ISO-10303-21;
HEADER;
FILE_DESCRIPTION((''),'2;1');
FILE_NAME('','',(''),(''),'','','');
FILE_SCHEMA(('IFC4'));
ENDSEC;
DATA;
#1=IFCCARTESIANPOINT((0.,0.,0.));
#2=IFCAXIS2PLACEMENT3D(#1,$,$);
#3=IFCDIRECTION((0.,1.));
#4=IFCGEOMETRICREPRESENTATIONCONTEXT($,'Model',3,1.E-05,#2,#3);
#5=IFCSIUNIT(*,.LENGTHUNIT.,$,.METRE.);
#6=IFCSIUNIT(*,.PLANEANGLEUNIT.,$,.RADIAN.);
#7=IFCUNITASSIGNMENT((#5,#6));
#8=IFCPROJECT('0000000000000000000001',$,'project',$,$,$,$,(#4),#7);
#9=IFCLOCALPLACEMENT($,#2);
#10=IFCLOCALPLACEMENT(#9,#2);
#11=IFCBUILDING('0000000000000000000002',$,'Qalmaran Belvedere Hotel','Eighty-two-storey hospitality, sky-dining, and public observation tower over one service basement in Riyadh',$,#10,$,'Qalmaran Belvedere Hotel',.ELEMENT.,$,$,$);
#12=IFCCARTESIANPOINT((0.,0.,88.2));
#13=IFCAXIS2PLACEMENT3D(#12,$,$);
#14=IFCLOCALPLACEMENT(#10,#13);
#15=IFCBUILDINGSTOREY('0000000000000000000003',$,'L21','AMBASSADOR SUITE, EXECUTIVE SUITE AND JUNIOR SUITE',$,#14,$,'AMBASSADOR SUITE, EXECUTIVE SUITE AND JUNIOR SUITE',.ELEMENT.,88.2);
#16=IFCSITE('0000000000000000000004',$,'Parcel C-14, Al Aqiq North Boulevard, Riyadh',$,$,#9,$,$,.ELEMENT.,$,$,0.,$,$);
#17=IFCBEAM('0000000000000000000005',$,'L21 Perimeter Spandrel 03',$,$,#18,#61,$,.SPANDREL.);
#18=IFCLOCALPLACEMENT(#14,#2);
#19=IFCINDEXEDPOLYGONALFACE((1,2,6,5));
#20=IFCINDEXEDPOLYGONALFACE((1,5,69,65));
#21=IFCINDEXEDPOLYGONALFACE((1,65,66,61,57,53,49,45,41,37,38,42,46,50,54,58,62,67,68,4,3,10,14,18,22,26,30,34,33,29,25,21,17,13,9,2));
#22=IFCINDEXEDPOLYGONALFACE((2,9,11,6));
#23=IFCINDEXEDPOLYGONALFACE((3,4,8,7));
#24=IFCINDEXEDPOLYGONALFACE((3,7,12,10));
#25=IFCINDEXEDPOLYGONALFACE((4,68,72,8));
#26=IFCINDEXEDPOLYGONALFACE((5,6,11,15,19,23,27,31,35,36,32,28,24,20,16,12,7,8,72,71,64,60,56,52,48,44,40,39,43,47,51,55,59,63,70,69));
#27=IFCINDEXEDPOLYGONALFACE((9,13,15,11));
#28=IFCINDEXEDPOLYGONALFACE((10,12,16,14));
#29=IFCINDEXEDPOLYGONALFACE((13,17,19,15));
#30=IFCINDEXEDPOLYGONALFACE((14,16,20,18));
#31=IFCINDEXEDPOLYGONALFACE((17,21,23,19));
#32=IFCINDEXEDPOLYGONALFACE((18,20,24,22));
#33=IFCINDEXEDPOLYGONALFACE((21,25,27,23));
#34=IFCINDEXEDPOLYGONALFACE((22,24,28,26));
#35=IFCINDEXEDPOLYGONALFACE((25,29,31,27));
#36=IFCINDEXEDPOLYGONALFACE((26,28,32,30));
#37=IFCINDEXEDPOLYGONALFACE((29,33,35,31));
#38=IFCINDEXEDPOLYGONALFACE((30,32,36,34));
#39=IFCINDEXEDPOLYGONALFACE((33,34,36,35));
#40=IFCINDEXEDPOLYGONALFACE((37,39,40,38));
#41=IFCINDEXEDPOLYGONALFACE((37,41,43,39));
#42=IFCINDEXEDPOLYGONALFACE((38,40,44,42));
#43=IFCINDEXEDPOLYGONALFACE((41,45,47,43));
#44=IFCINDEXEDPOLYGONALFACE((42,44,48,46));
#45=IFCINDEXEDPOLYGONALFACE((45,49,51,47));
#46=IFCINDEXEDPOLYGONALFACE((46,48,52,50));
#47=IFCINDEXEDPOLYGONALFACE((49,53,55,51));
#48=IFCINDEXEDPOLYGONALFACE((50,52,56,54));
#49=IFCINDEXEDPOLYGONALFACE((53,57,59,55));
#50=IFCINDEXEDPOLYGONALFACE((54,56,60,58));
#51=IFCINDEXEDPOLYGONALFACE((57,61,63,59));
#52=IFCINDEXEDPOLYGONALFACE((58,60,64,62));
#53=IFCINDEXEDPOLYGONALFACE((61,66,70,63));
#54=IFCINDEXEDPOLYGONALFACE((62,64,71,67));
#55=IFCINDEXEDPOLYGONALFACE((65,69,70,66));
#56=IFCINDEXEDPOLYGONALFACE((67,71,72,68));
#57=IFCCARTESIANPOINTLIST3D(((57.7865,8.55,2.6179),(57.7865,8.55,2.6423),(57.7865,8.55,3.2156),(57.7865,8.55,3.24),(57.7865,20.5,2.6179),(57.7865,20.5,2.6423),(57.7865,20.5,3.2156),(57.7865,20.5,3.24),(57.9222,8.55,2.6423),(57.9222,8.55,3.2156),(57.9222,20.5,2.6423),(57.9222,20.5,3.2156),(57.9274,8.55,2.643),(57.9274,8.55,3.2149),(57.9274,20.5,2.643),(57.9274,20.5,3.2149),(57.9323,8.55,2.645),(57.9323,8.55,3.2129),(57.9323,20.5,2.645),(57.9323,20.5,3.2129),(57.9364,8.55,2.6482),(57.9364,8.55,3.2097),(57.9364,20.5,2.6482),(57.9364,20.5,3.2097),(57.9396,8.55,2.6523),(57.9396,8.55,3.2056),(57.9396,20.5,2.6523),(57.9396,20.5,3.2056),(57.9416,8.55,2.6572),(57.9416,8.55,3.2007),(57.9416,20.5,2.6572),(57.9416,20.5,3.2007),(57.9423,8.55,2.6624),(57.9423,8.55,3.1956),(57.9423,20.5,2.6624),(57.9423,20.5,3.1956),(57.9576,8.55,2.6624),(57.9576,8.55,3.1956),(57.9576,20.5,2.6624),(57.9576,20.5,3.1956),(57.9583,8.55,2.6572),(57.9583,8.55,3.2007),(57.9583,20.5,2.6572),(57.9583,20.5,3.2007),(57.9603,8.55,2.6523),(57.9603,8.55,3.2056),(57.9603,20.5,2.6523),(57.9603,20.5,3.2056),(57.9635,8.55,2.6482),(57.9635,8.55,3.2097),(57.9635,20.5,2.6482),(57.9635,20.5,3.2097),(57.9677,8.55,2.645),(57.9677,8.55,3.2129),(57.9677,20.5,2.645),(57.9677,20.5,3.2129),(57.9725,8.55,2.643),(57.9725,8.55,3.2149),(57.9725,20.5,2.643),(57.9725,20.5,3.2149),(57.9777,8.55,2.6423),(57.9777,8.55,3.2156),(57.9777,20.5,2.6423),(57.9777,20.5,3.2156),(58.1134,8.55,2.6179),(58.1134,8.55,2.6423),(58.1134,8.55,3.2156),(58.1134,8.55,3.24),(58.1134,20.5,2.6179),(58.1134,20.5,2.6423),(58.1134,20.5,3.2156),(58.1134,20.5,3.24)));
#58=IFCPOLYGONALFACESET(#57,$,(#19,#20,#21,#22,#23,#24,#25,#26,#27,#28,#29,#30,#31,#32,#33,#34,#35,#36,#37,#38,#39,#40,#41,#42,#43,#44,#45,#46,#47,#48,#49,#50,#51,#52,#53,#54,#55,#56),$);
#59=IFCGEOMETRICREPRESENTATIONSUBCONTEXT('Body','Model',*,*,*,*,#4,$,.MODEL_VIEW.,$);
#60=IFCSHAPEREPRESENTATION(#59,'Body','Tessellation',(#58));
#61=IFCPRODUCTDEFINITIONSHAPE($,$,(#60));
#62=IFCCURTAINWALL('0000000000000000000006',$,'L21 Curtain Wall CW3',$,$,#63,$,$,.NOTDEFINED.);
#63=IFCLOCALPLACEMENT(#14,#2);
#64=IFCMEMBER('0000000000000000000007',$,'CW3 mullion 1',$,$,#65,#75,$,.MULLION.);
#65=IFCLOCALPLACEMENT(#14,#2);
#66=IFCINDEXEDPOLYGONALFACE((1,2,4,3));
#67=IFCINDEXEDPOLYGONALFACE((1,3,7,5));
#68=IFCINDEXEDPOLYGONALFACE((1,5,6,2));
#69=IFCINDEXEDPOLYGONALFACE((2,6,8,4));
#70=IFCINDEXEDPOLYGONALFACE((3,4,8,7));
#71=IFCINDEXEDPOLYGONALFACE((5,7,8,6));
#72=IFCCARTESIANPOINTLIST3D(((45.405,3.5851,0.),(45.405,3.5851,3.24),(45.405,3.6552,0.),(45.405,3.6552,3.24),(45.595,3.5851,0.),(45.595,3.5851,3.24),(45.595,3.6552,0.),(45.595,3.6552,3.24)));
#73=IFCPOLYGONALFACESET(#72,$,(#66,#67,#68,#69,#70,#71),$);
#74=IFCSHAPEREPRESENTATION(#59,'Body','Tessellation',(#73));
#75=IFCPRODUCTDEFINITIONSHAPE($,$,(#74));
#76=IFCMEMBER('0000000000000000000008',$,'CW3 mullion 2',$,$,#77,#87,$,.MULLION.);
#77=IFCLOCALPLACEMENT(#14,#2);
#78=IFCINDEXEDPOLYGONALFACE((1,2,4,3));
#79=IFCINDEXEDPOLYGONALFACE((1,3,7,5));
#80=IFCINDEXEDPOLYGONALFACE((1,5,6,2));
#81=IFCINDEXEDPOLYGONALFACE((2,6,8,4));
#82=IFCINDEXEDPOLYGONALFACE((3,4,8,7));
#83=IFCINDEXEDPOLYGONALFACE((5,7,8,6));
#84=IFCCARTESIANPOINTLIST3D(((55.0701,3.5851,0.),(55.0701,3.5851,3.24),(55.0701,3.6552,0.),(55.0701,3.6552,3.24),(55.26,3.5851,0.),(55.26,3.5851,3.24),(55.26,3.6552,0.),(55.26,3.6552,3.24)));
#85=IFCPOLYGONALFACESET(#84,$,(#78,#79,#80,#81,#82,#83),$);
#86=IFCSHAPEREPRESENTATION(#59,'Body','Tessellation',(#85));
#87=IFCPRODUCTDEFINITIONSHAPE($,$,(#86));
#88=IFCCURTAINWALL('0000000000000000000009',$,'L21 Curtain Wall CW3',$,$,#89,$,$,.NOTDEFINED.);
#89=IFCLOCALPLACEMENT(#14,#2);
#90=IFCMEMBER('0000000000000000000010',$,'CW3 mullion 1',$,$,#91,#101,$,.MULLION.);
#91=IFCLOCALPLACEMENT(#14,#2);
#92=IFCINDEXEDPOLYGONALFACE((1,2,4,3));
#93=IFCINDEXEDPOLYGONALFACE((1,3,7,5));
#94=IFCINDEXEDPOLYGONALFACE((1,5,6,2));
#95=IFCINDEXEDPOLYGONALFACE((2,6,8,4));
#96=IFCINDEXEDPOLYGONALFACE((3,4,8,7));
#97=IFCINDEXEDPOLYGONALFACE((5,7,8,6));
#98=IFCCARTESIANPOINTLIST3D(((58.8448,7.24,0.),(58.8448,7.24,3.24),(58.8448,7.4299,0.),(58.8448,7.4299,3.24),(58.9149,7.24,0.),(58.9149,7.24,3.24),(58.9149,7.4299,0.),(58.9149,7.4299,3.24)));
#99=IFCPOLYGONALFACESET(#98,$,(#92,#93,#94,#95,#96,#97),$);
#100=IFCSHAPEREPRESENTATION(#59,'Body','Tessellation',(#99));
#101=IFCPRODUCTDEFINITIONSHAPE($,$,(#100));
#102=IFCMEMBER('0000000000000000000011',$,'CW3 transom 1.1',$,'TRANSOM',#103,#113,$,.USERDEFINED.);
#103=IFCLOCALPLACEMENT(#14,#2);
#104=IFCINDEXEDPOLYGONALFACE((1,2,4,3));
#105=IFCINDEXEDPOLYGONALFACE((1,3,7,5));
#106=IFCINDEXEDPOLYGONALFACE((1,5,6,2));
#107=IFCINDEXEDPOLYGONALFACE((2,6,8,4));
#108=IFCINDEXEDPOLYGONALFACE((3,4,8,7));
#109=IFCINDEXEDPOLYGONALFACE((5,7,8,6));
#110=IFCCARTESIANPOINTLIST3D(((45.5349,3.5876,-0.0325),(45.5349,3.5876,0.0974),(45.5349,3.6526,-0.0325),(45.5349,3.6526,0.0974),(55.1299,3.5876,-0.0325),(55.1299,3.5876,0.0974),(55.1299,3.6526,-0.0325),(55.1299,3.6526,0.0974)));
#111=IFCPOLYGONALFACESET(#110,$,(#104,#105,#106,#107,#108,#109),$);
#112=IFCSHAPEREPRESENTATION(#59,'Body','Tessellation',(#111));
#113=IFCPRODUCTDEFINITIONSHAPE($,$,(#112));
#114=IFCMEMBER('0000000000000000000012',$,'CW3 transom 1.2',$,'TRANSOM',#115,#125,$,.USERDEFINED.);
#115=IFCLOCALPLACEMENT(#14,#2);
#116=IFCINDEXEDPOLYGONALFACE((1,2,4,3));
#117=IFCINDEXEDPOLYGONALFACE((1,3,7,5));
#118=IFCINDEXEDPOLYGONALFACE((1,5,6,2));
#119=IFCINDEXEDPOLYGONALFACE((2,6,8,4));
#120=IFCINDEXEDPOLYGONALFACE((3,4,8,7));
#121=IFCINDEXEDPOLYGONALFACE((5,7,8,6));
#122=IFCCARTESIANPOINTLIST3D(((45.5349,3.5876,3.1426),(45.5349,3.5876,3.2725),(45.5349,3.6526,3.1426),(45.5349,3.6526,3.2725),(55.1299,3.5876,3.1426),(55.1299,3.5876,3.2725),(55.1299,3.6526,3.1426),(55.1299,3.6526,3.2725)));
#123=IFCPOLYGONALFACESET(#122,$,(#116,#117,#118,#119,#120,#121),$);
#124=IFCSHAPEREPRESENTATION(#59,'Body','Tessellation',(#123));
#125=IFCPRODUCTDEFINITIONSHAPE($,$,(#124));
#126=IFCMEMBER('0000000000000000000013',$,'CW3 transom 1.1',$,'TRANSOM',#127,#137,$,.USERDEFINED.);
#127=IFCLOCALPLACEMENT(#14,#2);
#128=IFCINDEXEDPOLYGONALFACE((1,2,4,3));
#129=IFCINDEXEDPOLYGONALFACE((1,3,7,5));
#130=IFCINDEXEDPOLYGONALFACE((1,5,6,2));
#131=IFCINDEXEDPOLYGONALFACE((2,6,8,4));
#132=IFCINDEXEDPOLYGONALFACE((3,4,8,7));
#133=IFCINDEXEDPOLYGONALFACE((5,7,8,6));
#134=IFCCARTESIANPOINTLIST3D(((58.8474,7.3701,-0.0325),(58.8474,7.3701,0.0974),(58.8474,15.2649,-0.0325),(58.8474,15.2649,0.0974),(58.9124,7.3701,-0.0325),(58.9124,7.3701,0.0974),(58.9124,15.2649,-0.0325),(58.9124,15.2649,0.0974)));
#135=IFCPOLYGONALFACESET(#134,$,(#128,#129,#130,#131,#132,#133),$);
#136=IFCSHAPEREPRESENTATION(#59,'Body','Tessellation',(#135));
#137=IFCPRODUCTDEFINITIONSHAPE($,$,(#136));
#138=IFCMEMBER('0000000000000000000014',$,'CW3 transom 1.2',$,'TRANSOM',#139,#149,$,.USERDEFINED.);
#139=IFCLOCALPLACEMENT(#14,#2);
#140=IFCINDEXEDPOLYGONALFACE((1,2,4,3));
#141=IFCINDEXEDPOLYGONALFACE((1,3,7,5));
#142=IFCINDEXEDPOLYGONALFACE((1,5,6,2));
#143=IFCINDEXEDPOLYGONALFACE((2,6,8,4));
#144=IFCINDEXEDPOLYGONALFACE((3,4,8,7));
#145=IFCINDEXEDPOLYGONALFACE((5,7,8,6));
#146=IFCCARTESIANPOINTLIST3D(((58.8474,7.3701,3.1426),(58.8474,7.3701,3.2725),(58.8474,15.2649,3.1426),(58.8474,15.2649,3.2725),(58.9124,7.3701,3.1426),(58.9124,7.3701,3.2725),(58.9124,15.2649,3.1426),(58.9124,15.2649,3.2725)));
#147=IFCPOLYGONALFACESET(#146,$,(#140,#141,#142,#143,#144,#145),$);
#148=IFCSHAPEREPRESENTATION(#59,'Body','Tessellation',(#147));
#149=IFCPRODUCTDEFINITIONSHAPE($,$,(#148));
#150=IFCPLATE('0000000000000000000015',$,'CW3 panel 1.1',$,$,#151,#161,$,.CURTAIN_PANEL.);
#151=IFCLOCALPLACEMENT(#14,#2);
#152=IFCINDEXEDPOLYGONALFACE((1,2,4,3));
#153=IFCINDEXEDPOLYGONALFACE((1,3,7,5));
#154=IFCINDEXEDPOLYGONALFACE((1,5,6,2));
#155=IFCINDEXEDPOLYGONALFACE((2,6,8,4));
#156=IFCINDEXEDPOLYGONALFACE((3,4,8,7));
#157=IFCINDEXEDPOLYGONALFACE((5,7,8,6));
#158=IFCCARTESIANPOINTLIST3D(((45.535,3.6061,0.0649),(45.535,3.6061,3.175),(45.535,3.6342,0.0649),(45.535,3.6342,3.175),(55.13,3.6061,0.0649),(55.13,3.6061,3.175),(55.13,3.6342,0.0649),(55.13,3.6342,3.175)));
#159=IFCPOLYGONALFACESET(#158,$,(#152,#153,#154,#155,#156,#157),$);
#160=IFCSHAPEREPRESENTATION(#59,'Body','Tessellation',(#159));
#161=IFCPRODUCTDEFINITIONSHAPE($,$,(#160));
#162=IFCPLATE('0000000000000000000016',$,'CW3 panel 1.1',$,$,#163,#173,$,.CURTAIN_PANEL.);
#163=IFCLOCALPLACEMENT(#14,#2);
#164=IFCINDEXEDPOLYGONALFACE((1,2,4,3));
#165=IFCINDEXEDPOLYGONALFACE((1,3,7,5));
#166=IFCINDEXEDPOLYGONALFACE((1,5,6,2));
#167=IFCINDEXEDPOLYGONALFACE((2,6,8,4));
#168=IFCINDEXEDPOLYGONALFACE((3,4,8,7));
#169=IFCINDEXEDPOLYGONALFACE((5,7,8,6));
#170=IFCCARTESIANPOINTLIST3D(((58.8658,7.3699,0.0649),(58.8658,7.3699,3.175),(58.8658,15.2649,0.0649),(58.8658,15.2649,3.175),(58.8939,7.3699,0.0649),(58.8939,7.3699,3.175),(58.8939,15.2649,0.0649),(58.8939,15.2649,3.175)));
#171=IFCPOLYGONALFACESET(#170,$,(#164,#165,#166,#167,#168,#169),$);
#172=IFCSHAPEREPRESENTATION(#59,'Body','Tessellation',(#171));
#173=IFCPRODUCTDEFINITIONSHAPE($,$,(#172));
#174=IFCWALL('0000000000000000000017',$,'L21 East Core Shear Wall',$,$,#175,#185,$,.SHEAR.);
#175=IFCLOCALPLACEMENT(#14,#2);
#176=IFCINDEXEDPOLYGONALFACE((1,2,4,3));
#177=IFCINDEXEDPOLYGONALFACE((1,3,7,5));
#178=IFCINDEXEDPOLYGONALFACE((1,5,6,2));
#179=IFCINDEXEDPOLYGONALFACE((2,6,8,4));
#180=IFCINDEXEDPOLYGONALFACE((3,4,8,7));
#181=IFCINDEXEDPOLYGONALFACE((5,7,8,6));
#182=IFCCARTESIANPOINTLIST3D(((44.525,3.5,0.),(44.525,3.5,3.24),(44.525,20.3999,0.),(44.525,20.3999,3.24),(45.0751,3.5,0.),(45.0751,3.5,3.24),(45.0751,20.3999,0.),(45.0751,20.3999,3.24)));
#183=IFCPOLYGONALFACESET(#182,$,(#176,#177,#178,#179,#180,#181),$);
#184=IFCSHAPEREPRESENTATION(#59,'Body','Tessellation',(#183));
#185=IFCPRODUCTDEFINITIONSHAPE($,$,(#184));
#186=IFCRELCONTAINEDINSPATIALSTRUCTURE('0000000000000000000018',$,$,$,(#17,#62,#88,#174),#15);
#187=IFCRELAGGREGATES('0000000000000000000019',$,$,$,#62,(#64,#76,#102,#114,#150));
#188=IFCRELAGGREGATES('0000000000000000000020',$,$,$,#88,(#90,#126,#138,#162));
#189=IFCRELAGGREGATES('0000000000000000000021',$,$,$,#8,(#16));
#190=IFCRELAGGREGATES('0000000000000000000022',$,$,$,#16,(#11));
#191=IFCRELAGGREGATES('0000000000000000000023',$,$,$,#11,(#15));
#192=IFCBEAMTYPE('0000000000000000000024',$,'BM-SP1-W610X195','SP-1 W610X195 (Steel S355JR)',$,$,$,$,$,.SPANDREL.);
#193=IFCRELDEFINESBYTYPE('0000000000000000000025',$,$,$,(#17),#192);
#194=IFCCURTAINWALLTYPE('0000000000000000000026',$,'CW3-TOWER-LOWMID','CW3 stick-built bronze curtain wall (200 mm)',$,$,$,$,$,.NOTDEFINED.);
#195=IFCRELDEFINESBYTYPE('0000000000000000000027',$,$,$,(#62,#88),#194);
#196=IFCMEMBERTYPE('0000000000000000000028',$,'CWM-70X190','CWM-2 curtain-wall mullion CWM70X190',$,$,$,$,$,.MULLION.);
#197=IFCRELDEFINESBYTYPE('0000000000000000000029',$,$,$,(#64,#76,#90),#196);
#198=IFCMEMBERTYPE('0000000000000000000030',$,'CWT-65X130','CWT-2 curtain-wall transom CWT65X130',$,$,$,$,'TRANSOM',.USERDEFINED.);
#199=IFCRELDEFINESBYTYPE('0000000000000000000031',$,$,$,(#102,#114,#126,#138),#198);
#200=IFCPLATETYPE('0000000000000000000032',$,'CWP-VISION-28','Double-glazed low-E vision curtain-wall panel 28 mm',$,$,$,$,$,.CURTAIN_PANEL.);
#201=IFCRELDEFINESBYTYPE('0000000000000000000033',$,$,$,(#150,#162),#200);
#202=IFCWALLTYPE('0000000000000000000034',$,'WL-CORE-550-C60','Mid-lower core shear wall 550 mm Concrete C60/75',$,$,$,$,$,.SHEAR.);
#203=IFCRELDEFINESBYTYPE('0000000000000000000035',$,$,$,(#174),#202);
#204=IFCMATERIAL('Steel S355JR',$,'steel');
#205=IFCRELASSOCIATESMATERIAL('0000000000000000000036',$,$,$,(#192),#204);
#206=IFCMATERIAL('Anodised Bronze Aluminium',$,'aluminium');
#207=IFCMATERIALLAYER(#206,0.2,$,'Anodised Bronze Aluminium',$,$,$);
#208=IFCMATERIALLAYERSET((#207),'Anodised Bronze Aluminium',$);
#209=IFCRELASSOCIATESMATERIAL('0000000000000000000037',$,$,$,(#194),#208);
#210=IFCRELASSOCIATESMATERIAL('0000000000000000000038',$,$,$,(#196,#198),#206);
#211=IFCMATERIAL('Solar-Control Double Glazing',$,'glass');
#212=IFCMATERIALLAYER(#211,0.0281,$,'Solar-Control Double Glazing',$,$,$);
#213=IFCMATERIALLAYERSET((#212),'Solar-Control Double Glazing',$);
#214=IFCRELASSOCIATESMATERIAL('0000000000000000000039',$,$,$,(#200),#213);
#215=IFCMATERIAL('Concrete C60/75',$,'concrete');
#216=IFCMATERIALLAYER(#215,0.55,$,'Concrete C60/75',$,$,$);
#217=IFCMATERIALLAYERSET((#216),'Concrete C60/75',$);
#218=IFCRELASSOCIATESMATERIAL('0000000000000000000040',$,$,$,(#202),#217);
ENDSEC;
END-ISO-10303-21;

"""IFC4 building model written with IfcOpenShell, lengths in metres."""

from ifc_helpers import new_model, si_unit, direction, frame, frame_2d, origin, origin_2d, place, context, subcontext, project, spatial, rectangle, i_section, extrude, material, layer, layer_set, material_profile, profile_set, type_object, element, aggregate, save


model = new_model("IFC4")

# Units and contexts
model_context = context("Model", 3, precision=1e-05, world=origin(), true_north=direction((0.0, 1.0)))
body_context = subcontext(model_context, "Body", "Model", "MODEL_VIEW")
ifc_project = project(units=[si_unit("LENGTHUNIT", "METRE"), si_unit("PLANEANGLEUNIT", "RADIAN")], contexts=[model_context])

# Site, building, storey
site_placement = place(None, origin())
site = spatial("IfcSite", under=ifc_project, at=site_placement, Name="Parcel C-14, Al Aqiq North Boulevard, Riyadh", CompositionType="ELEMENT", RefElevation=0.0)
building_placement = place(site_placement, origin())
building = spatial("IfcBuilding", under=site, at=building_placement, Name="Qalmaran Belvedere Hotel", Description="Eighty-two-storey hospitality, sky-dining, and public observation tower over one service basement in Riyadh", LongName="Qalmaran Belvedere Hotel", CompositionType="ELEMENT")
storey_placement = place(building_placement, frame((0.0, 0.0, 88.2)))
storey = spatial("IfcBuildingStorey", under=building, at=storey_placement, Name="L21", Description="AMBASSADOR SUITE, EXECUTIVE SUITE AND JUNIOR SUITE", LongName="AMBASSADOR SUITE, EXECUTIVE SUITE AND JUNIOR SUITE", CompositionType="ELEMENT", Elevation=88.2)

# Shared definitions
ifc_material_1 = material(Name="Concrete C60/75", Category="concrete")

# Beam
ifc_material_2 = material(Name="Steel S355JR", Category="steel")
ifc_material_profile_1 = material_profile(ifc_material_2, i_section(OverallWidth=0.3269, OverallDepth=0.6221, WebThickness=0.0154, FlangeThickness=0.0244, FilletRadius=0.02, at=origin_2d()), Name="W610X195")
ifc_profile_set_1 = profile_set([ifc_material_profile_1], Name="Steel S355JR")
beam_type_1 = type_object("IfcBeamType", Name="BM-SP1-W610X195", Description="SP-1 W610X195 (Steel S355JR)", PredefinedType="SPANDREL", material=ifc_profile_set_1)
beam_1_placement = place(storey_placement, frame((57.95, 8.55, 2.929), z_axis=(0.0, 1.0, 0.0), x_axis=(-1.0, 0.0, 0.0)))
element("IfcBeam", 1, at=beam_1_placement, inside=storey, type_object=beam_type_1, Name="L21 Perimeter Spandrel 03", PredefinedType="SPANDREL", context=body_context, shape_type="SweptSolid", body=[
    extrude(i_section(OverallWidth=0.3269, OverallDepth=0.6221, WebThickness=0.0154, FlangeThickness=0.0244, FilletRadius=0.02, at=origin_2d()), origin(), (0.0, 0.0, 1.0), 11.95),
])

# Curtain wall, members
ifc_material_3 = material(Name="Anodised Bronze Aluminium", Category="aluminium")
ifc_layer_1 = layer(ifc_material_3, 0.2, Name="Anodised Bronze Aluminium")
ifc_layer_set_1 = layer_set([ifc_layer_1], Name="Anodised Bronze Aluminium")
curtain_wall_type = type_object("IfcCurtainWallType", Name="CW3-TOWER-LOWMID", Description="CW3 stick-built bronze curtain wall (200 mm)", PredefinedType="NOTDEFINED", material=ifc_layer_set_1)
curtain_wall_1_placement = place(storey_placement, origin())
curtain_wall_1 = element("IfcCurtainWall", 2, at=curtain_wall_1_placement, inside=storey, type_object=curtain_wall_type, Name="L21 Curtain Wall CW3", PredefinedType="NOTDEFINED")
ifc_material_profile_2 = material_profile(ifc_material_3, rectangle(XDim=0.0701, YDim=0.1899, at=origin_2d()), Name="CWM70X190")
ifc_profile_set_2 = profile_set([ifc_material_profile_2], Name="Anodised Bronze Aluminium")
member_type_1 = type_object("IfcMemberType", Name="CWM-70X190", Description="CWM-2 curtain-wall mullion CWM70X190", PredefinedType="MULLION", material=ifc_profile_set_2)
member_1_placement = place(storey_placement, frame((45.5, 3.6201, 0.0), z_axis=(0.0, 0.0, 1.0), x_axis=(0.0, 1.0, 0.0)))
member_1 = element("IfcMember", 3, at=member_1_placement, type_object=member_type_1, Name="CW3 mullion 1", PredefinedType="MULLION", context=body_context, shape_type="SweptSolid", body=[
    extrude(rectangle(XDim=0.0701, YDim=0.1899, at=origin_2d()), origin(), (0.0, 0.0, 1.0), 3.24),
])
member_2_placement = place(storey_placement, frame((55.165, 3.6201, 0.0), z_axis=(0.0, 0.0, 1.0), x_axis=(0.0, 1.0, 0.0)))
member_2 = element("IfcMember", 4, at=member_2_placement, type_object=member_type_1, Name="CW3 mullion 2", PredefinedType="MULLION", context=body_context, shape_type="SweptSolid", body=[
    extrude(rectangle(XDim=0.0701, YDim=0.1899, at=origin_2d()), origin(), (0.0, 0.0, 1.0), 3.24),
])

# Curtain wall, member
curtain_wall_2_placement = place(storey_placement, origin())
curtain_wall_2 = element("IfcCurtainWall", 5, at=curtain_wall_2_placement, inside=storey, type_object=curtain_wall_type, Name="L21 Curtain Wall CW3", PredefinedType="NOTDEFINED")
member_3_placement = place(storey_placement, frame((58.8799, 7.335, 0.0), z_axis=(0.0, 0.0, 1.0), x_axis=(-1.0, 0.0, 0.0)))
member_3 = element("IfcMember", 6, at=member_3_placement, type_object=member_type_1, Name="CW3 mullion 1", PredefinedType="MULLION", context=body_context, shape_type="SweptSolid", body=[
    extrude(rectangle(XDim=0.0701, YDim=0.1899, at=origin_2d()), origin(), (0.0, 0.0, 1.0), 3.24),
])

# Members
ifc_material_profile_3 = material_profile(ifc_material_3, rectangle(XDim=0.0649, YDim=0.1299, at=origin_2d()), Name="CWT65X130")
ifc_profile_set_3 = profile_set([ifc_material_profile_3], Name="Anodised Bronze Aluminium")
member_type_2 = type_object("IfcMemberType", Name="CWT-65X130", Description="CWT-2 curtain-wall transom CWT65X130", ElementType="TRANSOM", PredefinedType="USERDEFINED", material=ifc_profile_set_3)
member_4_placement = place(storey_placement, frame((45.5349, 3.6201, 0.0325), z_axis=(1.0, 0.0, 0.0), x_axis=(0.0, 1.0, 0.0)))
member_4 = element("IfcMember", 7, at=member_4_placement, type_object=member_type_2, Name="CW3 transom 1.1", ObjectType="TRANSOM", PredefinedType="USERDEFINED", context=body_context, shape_type="SweptSolid", body=[
    extrude(rectangle(XDim=0.0649, YDim=0.1299, at=origin_2d()), origin(), (0.0, 0.0, 1.0), 9.595),
])
member_5_placement = place(storey_placement, frame((45.5349, 3.6201, 3.2075), z_axis=(1.0, 0.0, 0.0), x_axis=(0.0, 1.0, 0.0)))
member_5 = element("IfcMember", 8, at=member_5_placement, type_object=member_type_2, Name="CW3 transom 1.2", ObjectType="TRANSOM", PredefinedType="USERDEFINED", context=body_context, shape_type="SweptSolid", body=[
    extrude(rectangle(XDim=0.0649, YDim=0.1299, at=origin_2d()), origin(), (0.0, 0.0, 1.0), 9.595),
])
member_6_placement = place(storey_placement, frame((58.8799, 7.3701, 0.0325), z_axis=(0.0, 1.0, 0.0), x_axis=(-1.0, 0.0, 0.0)))
member_6 = element("IfcMember", 9, at=member_6_placement, type_object=member_type_2, Name="CW3 transom 1.1", ObjectType="TRANSOM", PredefinedType="USERDEFINED", context=body_context, shape_type="SweptSolid", body=[
    extrude(rectangle(XDim=0.0649, YDim=0.1299, at=origin_2d()), origin(), (0.0, 0.0, 1.0), 7.8948),
])
member_7_placement = place(storey_placement, frame((58.8799, 7.3701, 3.2075), z_axis=(0.0, 1.0, 0.0), x_axis=(-1.0, 0.0, 0.0)))
member_7 = element("IfcMember", 10, at=member_7_placement, type_object=member_type_2, Name="CW3 transom 1.2", ObjectType="TRANSOM", PredefinedType="USERDEFINED", context=body_context, shape_type="SweptSolid", body=[
    extrude(rectangle(XDim=0.0649, YDim=0.1299, at=origin_2d()), origin(), (0.0, 0.0, 1.0), 7.8948),
])

# Plates
ifc_material_4 = material(Name="Solar-Control Double Glazing", Category="glass")
ifc_layer_2 = layer(ifc_material_4, 0.0281, Name="Solar-Control Double Glazing")
ifc_layer_set_2 = layer_set([ifc_layer_2], Name="Solar-Control Double Glazing")
plate_type = type_object("IfcPlateType", Name="CWP-VISION-28", Description="Double-glazed low-E vision curtain-wall panel 28 mm", PredefinedType="CURTAIN_PANEL", material=ifc_layer_set_2)
plate_1_placement = place(storey_placement, frame((50.3325, 3.6201, 0.0649), z_axis=(0.0, 0.0, 1.0), x_axis=(1.0, 0.0, 0.0)))
plate_1 = element("IfcPlate", 11, at=plate_1_placement, type_object=plate_type, Name="CW3 panel 1.1", PredefinedType="CURTAIN_PANEL", context=body_context, shape_type="SweptSolid", body=[
    extrude(rectangle(XDim=9.595, YDim=0.0281, at=origin_2d()), origin(), (0.0, 0.0, 1.0), 3.1101),
])
aggregate(curtain_wall_1, [member_1, member_2, member_4, member_5, plate_1])
plate_2_placement = place(storey_placement, frame((58.8799, 11.3174, 0.0649), z_axis=(0.0, 0.0, 1.0), x_axis=(0.0, 1.0, 0.0)))
plate_2 = element("IfcPlate", 12, at=plate_2_placement, type_object=plate_type, Name="CW3 panel 1.1", PredefinedType="CURTAIN_PANEL", context=body_context, shape_type="SweptSolid", body=[
    extrude(rectangle(XDim=7.895, YDim=0.0281, at=origin_2d()), origin(), (0.0, 0.0, 1.0), 3.1101),
])
aggregate(curtain_wall_2, [member_3, member_6, member_7, plate_2])

# Wall
ifc_layer_3 = layer(ifc_material_1, 0.55, Name="Concrete C60/75")
ifc_layer_set_3 = layer_set([ifc_layer_3], Name="Concrete C60/75")
wall_type_1 = type_object("IfcWallType", Name="WL-CORE-550-C60", Description="Mid-lower core shear wall 550 mm Concrete C60/75", PredefinedType="SHEAR", material=ifc_layer_set_3)
wall_1_placement = place(storey_placement, frame((44.8, 3.5, 0.0), z_axis=(0.0, 0.0, 1.0), x_axis=(0.0, 1.0, 0.0)))
element("IfcWall", 13, at=wall_1_placement, inside=storey, type_object=wall_type_1, Name="L21 East Core Shear Wall", PredefinedType="SHEAR", context=body_context, shape_type="SweptSolid", body=[
    extrude(rectangle(XDim=16.8999, YDim=0.55, at=frame_2d((8.45, 0.0))), origin(), (0.0, 0.0, 1.0), 3.24),
])

save(model, "model.ifc")
